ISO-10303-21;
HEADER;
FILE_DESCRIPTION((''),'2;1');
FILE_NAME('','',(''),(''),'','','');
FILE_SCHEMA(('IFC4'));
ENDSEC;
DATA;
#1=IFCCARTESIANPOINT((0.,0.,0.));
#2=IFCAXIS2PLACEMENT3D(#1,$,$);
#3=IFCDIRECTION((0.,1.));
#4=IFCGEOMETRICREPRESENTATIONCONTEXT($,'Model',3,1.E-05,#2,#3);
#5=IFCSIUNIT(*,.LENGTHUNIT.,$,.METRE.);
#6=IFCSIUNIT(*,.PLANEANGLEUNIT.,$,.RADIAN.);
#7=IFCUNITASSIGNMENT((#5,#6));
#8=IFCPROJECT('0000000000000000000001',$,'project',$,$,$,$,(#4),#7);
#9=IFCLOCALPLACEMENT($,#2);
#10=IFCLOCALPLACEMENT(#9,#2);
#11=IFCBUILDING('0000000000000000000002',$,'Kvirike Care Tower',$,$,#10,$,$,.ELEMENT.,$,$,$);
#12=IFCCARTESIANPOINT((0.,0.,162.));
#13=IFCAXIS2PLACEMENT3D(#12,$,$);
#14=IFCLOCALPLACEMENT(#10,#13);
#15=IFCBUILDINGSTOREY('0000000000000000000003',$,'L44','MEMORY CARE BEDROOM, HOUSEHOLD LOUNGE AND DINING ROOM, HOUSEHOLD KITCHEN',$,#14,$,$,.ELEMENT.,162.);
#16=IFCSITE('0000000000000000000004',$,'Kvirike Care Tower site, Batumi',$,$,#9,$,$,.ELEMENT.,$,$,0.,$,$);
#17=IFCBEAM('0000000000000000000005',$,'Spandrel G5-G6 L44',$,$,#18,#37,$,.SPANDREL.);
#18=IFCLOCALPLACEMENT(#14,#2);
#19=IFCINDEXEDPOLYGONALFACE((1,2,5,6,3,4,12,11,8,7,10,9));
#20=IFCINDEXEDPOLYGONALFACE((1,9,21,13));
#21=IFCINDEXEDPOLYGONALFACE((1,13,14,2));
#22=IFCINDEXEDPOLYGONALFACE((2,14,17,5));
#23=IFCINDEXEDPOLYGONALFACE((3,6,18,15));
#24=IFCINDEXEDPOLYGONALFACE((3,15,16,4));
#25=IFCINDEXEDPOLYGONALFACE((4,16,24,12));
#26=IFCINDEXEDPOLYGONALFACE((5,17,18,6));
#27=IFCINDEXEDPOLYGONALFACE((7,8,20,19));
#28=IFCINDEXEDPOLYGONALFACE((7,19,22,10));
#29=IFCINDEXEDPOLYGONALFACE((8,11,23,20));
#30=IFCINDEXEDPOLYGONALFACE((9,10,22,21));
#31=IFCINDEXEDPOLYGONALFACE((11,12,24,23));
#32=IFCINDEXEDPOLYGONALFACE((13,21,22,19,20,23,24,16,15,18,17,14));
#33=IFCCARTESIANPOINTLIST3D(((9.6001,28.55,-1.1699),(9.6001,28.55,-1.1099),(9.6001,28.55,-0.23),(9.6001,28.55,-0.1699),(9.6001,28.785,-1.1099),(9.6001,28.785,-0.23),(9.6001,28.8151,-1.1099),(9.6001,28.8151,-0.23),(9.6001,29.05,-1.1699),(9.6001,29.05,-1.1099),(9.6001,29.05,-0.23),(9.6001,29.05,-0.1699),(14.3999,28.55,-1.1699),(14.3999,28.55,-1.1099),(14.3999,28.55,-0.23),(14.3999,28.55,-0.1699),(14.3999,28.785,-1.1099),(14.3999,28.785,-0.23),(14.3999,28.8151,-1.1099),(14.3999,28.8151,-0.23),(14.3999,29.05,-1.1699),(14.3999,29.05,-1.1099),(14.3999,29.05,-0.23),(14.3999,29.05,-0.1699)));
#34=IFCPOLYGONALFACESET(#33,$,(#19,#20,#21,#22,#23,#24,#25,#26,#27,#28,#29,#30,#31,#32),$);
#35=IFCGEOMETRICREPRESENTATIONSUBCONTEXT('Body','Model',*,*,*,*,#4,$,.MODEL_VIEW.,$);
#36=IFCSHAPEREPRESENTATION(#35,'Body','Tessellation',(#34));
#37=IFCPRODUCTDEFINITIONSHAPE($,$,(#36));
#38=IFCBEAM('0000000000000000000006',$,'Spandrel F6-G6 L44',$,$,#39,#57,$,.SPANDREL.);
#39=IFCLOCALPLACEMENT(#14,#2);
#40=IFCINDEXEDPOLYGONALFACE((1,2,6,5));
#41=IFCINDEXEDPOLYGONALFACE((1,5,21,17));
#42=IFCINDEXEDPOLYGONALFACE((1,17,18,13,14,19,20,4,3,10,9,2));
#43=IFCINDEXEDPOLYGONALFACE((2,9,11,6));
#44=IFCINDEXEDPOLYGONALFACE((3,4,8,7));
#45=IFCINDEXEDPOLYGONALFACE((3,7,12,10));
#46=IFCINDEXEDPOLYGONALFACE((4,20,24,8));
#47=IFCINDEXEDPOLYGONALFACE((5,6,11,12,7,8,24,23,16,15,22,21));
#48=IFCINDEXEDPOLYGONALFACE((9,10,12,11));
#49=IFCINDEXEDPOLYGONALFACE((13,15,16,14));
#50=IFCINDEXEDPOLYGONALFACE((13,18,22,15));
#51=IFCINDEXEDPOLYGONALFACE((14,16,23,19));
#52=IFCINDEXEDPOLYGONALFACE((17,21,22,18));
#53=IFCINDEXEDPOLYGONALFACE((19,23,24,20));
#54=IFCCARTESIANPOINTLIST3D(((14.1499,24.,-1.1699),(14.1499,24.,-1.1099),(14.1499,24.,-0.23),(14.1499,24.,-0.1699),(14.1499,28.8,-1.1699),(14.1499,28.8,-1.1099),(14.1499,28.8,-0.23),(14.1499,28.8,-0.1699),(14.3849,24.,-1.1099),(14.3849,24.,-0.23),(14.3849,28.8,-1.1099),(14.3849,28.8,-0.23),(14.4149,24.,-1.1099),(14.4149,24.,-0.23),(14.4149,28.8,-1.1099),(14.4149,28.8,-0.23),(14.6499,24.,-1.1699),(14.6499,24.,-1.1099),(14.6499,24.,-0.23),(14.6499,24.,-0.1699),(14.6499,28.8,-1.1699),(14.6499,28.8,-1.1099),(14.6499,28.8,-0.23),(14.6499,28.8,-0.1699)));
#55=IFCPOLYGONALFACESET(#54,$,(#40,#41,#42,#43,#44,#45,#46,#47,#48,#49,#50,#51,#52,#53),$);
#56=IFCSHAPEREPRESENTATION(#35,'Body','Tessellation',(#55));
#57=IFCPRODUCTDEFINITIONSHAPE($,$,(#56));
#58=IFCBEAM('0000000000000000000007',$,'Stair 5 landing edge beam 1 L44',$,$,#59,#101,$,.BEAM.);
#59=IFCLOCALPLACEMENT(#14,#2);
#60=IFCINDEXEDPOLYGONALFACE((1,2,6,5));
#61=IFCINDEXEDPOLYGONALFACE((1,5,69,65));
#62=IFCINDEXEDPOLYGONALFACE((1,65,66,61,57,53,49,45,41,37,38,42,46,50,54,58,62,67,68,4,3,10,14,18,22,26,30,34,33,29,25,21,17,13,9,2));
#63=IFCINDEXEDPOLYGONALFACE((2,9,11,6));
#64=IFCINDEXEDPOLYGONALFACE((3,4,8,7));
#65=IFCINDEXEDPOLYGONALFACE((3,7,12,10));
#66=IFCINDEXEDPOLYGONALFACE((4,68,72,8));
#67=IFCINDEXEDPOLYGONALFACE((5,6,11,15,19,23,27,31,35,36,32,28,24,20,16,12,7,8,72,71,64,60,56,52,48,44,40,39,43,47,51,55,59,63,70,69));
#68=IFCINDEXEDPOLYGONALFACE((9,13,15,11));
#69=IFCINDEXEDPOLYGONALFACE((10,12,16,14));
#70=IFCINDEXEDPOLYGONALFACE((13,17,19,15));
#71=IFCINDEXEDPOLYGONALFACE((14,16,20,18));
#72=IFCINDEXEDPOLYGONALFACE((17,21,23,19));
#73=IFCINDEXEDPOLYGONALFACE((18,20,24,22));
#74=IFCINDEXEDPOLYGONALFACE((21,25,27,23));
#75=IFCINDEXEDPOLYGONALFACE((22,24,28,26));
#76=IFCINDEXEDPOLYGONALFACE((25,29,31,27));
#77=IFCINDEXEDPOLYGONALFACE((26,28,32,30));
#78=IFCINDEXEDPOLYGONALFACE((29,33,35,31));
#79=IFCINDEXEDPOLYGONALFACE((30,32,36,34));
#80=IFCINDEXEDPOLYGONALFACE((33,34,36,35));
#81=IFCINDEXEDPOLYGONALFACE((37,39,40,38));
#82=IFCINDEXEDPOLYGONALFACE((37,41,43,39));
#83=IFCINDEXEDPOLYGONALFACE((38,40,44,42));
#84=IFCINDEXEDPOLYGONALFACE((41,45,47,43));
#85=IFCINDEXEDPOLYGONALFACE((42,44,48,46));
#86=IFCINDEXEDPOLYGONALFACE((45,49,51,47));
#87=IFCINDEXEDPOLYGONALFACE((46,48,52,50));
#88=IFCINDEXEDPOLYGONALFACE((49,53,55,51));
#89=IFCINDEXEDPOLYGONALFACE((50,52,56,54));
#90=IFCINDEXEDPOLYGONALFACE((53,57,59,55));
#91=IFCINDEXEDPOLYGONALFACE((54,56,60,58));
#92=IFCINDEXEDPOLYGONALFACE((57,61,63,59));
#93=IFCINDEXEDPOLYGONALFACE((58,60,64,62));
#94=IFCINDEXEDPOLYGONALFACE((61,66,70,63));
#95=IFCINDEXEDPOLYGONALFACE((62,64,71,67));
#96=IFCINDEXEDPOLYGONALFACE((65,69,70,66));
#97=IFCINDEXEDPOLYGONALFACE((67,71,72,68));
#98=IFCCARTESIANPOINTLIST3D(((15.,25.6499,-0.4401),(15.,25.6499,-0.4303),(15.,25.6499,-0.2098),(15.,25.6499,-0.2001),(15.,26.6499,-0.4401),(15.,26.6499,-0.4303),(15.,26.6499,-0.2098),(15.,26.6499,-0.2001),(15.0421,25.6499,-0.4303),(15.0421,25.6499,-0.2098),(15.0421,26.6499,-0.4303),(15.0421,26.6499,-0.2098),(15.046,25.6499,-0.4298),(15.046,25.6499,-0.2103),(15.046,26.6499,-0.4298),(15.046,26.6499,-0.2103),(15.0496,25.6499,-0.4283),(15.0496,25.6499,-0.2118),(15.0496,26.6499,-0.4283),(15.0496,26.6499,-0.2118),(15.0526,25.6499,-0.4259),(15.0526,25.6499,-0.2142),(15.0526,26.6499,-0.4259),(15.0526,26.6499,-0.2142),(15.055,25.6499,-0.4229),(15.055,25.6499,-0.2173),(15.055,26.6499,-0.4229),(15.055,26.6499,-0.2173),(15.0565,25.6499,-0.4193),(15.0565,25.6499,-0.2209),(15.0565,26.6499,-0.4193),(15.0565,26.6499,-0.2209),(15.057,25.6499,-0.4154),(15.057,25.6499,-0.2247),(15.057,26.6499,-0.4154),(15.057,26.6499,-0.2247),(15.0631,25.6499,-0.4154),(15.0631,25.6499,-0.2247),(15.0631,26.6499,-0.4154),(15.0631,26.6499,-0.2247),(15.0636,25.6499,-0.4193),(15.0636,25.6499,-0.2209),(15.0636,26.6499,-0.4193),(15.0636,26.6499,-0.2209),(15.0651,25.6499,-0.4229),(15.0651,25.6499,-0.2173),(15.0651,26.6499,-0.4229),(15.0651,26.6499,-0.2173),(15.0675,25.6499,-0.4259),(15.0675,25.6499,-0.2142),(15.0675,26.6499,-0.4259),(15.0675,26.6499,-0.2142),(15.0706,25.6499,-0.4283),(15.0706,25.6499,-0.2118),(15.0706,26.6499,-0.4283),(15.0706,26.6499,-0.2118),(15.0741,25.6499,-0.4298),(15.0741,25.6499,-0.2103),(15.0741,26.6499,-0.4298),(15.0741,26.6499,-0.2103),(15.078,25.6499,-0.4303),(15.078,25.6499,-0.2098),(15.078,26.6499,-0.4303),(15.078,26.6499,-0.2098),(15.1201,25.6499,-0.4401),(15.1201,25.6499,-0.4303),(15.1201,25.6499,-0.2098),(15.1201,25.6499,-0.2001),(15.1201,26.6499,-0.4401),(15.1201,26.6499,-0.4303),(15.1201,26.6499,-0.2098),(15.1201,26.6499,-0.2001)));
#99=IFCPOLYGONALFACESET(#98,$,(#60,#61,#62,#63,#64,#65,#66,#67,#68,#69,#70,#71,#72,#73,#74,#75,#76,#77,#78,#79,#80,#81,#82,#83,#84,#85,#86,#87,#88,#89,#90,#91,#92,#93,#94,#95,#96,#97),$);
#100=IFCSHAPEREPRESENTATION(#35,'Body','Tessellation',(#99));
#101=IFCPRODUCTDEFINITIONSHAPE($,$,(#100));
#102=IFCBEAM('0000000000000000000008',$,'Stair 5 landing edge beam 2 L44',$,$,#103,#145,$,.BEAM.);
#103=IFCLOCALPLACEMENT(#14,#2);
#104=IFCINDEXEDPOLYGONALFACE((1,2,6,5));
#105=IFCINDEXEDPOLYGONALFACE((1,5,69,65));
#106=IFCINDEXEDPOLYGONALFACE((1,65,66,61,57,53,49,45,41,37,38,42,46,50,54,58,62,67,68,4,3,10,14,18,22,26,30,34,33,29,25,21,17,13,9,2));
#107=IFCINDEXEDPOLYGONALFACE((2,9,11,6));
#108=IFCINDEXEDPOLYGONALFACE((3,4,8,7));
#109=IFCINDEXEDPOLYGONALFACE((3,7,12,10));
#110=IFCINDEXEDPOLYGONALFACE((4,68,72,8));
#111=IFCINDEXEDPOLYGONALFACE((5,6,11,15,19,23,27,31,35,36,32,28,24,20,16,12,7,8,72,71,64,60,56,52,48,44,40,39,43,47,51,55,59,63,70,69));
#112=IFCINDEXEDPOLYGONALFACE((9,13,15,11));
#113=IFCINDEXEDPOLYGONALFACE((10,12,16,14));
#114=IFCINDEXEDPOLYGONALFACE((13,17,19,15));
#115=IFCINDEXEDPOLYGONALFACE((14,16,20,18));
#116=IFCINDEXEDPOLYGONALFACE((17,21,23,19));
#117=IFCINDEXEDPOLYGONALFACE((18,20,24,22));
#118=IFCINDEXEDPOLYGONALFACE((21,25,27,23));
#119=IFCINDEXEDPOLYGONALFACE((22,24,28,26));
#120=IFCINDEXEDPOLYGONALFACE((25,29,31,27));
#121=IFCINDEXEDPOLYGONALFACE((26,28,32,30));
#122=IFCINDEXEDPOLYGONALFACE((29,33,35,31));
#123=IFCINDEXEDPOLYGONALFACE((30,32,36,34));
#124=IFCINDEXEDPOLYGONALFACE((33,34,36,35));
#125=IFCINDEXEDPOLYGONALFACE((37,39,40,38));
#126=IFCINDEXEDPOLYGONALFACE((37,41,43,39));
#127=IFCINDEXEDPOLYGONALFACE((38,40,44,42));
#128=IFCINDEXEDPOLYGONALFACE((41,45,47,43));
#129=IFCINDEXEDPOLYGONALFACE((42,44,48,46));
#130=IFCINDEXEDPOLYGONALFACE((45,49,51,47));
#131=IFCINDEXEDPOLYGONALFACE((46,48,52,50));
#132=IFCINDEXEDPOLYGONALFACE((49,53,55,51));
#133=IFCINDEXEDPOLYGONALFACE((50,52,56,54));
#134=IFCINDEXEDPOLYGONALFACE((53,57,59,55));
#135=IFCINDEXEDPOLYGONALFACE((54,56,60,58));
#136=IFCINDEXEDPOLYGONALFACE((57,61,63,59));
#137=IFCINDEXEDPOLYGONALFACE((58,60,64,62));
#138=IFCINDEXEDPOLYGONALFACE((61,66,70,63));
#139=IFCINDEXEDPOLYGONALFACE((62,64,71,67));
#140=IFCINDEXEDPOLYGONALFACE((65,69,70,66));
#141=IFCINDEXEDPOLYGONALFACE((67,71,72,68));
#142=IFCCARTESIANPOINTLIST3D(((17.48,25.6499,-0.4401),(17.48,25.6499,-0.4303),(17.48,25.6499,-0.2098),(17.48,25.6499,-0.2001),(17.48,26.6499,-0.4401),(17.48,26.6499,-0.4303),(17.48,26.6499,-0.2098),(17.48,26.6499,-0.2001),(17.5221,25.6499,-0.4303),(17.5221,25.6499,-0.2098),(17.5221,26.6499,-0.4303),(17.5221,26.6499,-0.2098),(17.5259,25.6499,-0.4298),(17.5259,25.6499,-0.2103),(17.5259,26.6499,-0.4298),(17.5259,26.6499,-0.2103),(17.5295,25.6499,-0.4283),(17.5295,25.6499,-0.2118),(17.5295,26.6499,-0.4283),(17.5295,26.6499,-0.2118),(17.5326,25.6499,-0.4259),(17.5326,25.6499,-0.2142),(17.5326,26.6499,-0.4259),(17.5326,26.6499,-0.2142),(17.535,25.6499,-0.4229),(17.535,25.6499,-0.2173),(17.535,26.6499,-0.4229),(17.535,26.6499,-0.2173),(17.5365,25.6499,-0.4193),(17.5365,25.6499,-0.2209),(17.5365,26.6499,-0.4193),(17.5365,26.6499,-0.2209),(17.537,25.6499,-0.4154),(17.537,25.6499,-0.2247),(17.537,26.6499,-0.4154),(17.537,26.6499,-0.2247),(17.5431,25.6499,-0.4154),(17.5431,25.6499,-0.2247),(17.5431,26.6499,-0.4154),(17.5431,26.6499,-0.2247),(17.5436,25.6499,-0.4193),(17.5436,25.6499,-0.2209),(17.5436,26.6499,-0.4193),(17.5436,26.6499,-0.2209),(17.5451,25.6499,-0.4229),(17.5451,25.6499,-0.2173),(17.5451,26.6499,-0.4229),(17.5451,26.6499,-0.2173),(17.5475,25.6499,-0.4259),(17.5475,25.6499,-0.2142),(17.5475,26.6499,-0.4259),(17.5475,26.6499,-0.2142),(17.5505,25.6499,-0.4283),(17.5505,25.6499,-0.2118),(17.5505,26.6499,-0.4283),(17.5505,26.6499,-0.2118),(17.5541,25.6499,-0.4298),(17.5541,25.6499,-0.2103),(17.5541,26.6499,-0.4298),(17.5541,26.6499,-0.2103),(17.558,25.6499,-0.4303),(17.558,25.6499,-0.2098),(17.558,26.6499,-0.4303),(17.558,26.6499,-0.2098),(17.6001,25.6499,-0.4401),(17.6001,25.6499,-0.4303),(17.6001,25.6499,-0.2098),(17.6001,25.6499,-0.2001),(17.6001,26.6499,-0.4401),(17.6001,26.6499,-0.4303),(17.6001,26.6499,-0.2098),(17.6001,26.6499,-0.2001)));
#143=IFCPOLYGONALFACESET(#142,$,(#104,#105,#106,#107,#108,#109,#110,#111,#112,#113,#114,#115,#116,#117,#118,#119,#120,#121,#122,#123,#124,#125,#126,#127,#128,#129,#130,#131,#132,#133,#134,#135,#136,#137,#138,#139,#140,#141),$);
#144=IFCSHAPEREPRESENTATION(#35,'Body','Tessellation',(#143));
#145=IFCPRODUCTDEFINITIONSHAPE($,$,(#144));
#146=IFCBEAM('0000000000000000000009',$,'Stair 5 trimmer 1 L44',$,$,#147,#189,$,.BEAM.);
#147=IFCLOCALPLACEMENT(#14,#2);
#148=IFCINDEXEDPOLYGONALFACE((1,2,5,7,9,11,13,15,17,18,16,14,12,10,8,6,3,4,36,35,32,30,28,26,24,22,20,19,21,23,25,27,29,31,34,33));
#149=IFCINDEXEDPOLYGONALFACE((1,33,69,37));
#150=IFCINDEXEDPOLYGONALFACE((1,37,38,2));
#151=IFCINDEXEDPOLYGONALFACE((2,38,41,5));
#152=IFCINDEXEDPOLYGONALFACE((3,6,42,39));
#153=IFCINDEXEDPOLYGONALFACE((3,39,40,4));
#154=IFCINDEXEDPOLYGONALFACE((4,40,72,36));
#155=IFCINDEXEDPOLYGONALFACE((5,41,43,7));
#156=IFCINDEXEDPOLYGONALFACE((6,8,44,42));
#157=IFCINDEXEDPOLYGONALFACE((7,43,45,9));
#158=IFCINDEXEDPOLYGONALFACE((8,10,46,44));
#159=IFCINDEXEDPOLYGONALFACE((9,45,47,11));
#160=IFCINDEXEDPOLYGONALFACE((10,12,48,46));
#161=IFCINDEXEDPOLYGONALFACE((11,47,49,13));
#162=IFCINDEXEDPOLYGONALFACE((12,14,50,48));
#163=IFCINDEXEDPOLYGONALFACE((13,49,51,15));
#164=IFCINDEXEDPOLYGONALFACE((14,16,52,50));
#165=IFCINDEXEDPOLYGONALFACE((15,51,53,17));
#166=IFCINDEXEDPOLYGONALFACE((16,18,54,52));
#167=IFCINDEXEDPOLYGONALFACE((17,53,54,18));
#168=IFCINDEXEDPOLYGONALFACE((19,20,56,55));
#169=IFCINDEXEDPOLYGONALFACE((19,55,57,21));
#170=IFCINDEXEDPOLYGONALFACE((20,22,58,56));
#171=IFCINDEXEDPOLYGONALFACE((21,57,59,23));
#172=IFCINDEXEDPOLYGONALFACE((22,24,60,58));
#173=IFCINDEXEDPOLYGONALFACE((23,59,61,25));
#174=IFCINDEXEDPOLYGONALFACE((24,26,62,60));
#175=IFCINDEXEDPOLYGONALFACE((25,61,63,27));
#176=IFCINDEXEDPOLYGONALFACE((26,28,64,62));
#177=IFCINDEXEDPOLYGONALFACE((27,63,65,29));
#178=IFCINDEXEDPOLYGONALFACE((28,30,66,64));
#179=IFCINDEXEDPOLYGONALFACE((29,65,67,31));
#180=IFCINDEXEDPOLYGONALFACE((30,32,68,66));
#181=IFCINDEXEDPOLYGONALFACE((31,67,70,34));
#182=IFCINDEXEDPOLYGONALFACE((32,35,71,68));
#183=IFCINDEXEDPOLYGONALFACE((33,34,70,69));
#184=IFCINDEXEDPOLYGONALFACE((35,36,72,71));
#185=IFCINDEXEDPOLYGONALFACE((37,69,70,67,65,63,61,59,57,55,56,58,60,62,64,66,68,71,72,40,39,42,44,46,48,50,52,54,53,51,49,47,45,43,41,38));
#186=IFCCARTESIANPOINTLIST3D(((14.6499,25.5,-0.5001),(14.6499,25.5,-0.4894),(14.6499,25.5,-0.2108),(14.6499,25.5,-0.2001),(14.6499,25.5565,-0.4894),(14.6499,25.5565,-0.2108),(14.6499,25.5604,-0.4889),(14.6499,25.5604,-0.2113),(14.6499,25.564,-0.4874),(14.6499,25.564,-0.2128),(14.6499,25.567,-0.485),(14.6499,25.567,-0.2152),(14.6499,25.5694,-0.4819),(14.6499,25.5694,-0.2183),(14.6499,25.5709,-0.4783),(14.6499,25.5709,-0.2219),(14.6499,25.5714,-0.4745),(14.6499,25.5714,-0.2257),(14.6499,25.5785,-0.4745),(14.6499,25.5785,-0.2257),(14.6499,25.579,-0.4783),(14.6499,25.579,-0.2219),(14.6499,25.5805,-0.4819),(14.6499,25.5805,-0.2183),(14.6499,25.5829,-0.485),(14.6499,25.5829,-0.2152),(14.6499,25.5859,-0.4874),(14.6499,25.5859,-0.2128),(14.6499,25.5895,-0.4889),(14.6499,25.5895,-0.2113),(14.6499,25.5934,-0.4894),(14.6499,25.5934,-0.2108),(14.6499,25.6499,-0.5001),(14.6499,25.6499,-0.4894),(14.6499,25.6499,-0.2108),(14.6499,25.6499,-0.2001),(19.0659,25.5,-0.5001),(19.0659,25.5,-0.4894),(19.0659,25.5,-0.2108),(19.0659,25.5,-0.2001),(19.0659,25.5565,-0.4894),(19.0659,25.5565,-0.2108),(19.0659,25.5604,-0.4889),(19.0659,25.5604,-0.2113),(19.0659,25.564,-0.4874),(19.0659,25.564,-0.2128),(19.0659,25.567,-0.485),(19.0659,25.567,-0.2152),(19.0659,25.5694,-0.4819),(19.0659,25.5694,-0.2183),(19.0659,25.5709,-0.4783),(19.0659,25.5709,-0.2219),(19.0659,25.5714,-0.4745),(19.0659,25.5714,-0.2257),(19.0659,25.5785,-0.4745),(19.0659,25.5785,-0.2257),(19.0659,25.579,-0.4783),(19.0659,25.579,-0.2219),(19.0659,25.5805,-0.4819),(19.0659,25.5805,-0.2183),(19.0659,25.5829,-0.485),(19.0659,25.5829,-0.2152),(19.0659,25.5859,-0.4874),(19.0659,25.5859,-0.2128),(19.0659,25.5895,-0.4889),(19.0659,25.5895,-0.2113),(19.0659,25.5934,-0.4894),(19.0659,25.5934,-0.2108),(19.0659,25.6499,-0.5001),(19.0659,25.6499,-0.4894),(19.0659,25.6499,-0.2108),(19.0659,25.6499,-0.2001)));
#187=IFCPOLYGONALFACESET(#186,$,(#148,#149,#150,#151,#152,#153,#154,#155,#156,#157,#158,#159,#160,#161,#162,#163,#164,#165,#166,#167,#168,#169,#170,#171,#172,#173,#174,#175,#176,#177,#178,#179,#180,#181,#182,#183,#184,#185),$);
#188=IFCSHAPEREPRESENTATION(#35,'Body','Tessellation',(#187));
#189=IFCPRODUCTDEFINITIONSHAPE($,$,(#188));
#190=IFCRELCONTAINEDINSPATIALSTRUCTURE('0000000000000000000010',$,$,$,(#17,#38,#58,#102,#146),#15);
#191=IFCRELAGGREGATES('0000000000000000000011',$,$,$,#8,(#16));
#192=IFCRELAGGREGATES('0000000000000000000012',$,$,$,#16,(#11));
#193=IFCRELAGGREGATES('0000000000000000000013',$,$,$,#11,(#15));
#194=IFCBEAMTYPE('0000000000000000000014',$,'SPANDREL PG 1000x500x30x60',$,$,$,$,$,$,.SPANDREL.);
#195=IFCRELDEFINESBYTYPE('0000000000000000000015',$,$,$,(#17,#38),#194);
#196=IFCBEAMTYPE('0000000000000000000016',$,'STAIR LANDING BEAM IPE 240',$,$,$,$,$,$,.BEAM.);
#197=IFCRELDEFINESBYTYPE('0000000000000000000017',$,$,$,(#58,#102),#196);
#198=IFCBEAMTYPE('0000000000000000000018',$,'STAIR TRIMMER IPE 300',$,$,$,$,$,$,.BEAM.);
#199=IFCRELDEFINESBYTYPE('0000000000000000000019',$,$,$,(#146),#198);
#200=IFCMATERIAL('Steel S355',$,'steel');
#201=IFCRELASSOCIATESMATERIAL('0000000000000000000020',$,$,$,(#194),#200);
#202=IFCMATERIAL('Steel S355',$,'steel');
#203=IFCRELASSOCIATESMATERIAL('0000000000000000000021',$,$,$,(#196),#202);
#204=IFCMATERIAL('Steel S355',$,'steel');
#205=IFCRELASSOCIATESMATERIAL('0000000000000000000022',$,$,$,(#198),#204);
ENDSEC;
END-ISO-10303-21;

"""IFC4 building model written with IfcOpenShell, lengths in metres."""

from ifc_helpers import new_model, si_unit, direction, frame, origin, origin_2d, place, context, subcontext, project, spatial, i_section, extrude, material, material_profile, profile_set, type_object, element, save


model = new_model("IFC4")

# Units and contexts
model_context = context("Model", 3, precision=1e-05, world=origin(), true_north=direction((0.0, 1.0)))
body_context = subcontext(model_context, "Body", "Model", "MODEL_VIEW")
ifc_project = project(units=[si_unit("LENGTHUNIT", "METRE"), si_unit("PLANEANGLEUNIT", "RADIAN")], contexts=[model_context])

# Site, building, storey
site_placement = place(None, origin())
site = spatial("IfcSite", under=ifc_project, at=site_placement, Name="Kvirike Care Tower site, Batumi", CompositionType="ELEMENT", RefElevation=0.0)
building_placement = place(site_placement, origin())
building = spatial("IfcBuilding", under=site, at=building_placement, Name="Kvirike Care Tower", CompositionType="ELEMENT")
storey_placement = place(building_placement, frame((0.0, 0.0, 162.0)))
storey = spatial("IfcBuildingStorey", under=building, at=storey_placement, Name="L44", Description="MEMORY CARE BEDROOM, HOUSEHOLD LOUNGE AND DINING ROOM, HOUSEHOLD KITCHEN", CompositionType="ELEMENT", Elevation=162.0)

# Beams
ifc_material_1 = material(Name="Steel S355", Category="steel")
ifc_material_profile_1 = material_profile(ifc_material_1, i_section(OverallWidth=0.5, OverallDepth=1.0, WebThickness=0.03, FlangeThickness=0.0601, at=origin_2d()), Name="PG 1000x500x30x60")
ifc_profile_set_1 = profile_set([ifc_material_profile_1], Name="Steel S355")
beam_type_1 = type_object("IfcBeamType", Name="SPANDREL PG 1000x500x30x60", PredefinedType="SPANDREL", material=ifc_profile_set_1)
beam_1_placement = place(storey_placement, frame((9.6001, 28.8, -0.6699), z_axis=(1.0, 0.0, 0.0), x_axis=(0.0, 1.0, 0.0)))
element("IfcBeam", 1, at=beam_1_placement, inside=storey, type_object=beam_type_1, Name="Spandrel G5-G6 L44", PredefinedType="SPANDREL", context=body_context, shape_type="SweptSolid", body=[
    extrude(i_section(OverallWidth=0.5, OverallDepth=1.0, WebThickness=0.03, FlangeThickness=0.0601, at=origin_2d()), origin(), (0.0, 0.0, 1.0), 4.7998),
])
beam_2_placement = place(storey_placement, frame((14.3999, 24.0, -0.6699), z_axis=(0.0, 1.0, 0.0), x_axis=(-1.0, 0.0, 0.0)))
element("IfcBeam", 2, at=beam_2_placement, inside=storey, type_object=beam_type_1, Name="Spandrel F6-G6 L44", PredefinedType="SPANDREL", context=body_context, shape_type="SweptSolid", body=[
    extrude(i_section(OverallWidth=0.5, OverallDepth=1.0, WebThickness=0.03, FlangeThickness=0.0601, at=origin_2d()), origin(), (0.0, 0.0, 1.0), 4.8),
])
ifc_material_2 = material(Name="Steel S355", Category="steel")
ifc_material_profile_2 = material_profile(ifc_material_2, i_section(OverallWidth=0.1201, OverallDepth=0.24, WebThickness=0.0061, FlangeThickness=0.0098, FilletRadius=0.0149, at=origin_2d()), Name="IPE 240")
ifc_profile_set_2 = profile_set([ifc_material_profile_2], Name="Steel S355")
beam_type_2 = type_object("IfcBeamType", Name="STAIR LANDING BEAM IPE 240", PredefinedType="BEAM", material=ifc_profile_set_2)
for number, where, z_axis, x_axis, name in (
    (3, (15.0601, 25.6499, -0.3201), (0.0, 1.0, 0.0), (-1.0, 0.0, 0.0), "Stair 5 landing edge beam 1 L44"),
    (4, (17.54, 25.6499, -0.3201), (0.0, 1.0, 0.0), (-1.0, 0.0, 0.0), "Stair 5 landing edge beam 2 L44"),
):
    element("IfcBeam", number, at=place(storey_placement, frame(where, z_axis=z_axis, x_axis=x_axis)), inside=storey, type_object=beam_type_2, Name=name, PredefinedType="BEAM", context=body_context, shape_type="SweptSolid", body=[
        extrude(i_section(OverallWidth=0.1201, OverallDepth=0.24, WebThickness=0.0061, FlangeThickness=0.0098, FilletRadius=0.0149, at=origin_2d()), origin(), (0.0, 0.0, 1.0), 1.0),
    ])
ifc_material_3 = material(Name="Steel S355", Category="steel")
ifc_material_profile_3 = material_profile(ifc_material_3, i_section(OverallWidth=0.1499, OverallDepth=0.3, WebThickness=0.0071, FlangeThickness=0.0107, FilletRadius=0.0149, at=origin_2d()), Name="IPE 300")
ifc_profile_set_3 = profile_set([ifc_material_profile_3], Name="Steel S355")
beam_type_3 = type_object("IfcBeamType", Name="STAIR TRIMMER IPE 300", PredefinedType="BEAM", material=ifc_profile_set_3)
for number, where, z_axis, x_axis, name in (
    (5, (14.6499, 25.575, -0.3501), (1.0, 0.0, 0.0), (0.0, 1.0, 0.0), "Stair 5 trimmer 1 L44"),
):
    element("IfcBeam", number, at=place(storey_placement, frame(where, z_axis=z_axis, x_axis=x_axis)), inside=storey, type_object=beam_type_3, Name=name, PredefinedType="BEAM", context=body_context, shape_type="SweptSolid", body=[
        extrude(i_section(OverallWidth=0.1499, OverallDepth=0.3, WebThickness=0.0071, FlangeThickness=0.0107, FilletRadius=0.0149, at=origin_2d()), origin(), (0.0, 0.0, 1.0), 4.416),
    ])

save(model, "model.ifc")
